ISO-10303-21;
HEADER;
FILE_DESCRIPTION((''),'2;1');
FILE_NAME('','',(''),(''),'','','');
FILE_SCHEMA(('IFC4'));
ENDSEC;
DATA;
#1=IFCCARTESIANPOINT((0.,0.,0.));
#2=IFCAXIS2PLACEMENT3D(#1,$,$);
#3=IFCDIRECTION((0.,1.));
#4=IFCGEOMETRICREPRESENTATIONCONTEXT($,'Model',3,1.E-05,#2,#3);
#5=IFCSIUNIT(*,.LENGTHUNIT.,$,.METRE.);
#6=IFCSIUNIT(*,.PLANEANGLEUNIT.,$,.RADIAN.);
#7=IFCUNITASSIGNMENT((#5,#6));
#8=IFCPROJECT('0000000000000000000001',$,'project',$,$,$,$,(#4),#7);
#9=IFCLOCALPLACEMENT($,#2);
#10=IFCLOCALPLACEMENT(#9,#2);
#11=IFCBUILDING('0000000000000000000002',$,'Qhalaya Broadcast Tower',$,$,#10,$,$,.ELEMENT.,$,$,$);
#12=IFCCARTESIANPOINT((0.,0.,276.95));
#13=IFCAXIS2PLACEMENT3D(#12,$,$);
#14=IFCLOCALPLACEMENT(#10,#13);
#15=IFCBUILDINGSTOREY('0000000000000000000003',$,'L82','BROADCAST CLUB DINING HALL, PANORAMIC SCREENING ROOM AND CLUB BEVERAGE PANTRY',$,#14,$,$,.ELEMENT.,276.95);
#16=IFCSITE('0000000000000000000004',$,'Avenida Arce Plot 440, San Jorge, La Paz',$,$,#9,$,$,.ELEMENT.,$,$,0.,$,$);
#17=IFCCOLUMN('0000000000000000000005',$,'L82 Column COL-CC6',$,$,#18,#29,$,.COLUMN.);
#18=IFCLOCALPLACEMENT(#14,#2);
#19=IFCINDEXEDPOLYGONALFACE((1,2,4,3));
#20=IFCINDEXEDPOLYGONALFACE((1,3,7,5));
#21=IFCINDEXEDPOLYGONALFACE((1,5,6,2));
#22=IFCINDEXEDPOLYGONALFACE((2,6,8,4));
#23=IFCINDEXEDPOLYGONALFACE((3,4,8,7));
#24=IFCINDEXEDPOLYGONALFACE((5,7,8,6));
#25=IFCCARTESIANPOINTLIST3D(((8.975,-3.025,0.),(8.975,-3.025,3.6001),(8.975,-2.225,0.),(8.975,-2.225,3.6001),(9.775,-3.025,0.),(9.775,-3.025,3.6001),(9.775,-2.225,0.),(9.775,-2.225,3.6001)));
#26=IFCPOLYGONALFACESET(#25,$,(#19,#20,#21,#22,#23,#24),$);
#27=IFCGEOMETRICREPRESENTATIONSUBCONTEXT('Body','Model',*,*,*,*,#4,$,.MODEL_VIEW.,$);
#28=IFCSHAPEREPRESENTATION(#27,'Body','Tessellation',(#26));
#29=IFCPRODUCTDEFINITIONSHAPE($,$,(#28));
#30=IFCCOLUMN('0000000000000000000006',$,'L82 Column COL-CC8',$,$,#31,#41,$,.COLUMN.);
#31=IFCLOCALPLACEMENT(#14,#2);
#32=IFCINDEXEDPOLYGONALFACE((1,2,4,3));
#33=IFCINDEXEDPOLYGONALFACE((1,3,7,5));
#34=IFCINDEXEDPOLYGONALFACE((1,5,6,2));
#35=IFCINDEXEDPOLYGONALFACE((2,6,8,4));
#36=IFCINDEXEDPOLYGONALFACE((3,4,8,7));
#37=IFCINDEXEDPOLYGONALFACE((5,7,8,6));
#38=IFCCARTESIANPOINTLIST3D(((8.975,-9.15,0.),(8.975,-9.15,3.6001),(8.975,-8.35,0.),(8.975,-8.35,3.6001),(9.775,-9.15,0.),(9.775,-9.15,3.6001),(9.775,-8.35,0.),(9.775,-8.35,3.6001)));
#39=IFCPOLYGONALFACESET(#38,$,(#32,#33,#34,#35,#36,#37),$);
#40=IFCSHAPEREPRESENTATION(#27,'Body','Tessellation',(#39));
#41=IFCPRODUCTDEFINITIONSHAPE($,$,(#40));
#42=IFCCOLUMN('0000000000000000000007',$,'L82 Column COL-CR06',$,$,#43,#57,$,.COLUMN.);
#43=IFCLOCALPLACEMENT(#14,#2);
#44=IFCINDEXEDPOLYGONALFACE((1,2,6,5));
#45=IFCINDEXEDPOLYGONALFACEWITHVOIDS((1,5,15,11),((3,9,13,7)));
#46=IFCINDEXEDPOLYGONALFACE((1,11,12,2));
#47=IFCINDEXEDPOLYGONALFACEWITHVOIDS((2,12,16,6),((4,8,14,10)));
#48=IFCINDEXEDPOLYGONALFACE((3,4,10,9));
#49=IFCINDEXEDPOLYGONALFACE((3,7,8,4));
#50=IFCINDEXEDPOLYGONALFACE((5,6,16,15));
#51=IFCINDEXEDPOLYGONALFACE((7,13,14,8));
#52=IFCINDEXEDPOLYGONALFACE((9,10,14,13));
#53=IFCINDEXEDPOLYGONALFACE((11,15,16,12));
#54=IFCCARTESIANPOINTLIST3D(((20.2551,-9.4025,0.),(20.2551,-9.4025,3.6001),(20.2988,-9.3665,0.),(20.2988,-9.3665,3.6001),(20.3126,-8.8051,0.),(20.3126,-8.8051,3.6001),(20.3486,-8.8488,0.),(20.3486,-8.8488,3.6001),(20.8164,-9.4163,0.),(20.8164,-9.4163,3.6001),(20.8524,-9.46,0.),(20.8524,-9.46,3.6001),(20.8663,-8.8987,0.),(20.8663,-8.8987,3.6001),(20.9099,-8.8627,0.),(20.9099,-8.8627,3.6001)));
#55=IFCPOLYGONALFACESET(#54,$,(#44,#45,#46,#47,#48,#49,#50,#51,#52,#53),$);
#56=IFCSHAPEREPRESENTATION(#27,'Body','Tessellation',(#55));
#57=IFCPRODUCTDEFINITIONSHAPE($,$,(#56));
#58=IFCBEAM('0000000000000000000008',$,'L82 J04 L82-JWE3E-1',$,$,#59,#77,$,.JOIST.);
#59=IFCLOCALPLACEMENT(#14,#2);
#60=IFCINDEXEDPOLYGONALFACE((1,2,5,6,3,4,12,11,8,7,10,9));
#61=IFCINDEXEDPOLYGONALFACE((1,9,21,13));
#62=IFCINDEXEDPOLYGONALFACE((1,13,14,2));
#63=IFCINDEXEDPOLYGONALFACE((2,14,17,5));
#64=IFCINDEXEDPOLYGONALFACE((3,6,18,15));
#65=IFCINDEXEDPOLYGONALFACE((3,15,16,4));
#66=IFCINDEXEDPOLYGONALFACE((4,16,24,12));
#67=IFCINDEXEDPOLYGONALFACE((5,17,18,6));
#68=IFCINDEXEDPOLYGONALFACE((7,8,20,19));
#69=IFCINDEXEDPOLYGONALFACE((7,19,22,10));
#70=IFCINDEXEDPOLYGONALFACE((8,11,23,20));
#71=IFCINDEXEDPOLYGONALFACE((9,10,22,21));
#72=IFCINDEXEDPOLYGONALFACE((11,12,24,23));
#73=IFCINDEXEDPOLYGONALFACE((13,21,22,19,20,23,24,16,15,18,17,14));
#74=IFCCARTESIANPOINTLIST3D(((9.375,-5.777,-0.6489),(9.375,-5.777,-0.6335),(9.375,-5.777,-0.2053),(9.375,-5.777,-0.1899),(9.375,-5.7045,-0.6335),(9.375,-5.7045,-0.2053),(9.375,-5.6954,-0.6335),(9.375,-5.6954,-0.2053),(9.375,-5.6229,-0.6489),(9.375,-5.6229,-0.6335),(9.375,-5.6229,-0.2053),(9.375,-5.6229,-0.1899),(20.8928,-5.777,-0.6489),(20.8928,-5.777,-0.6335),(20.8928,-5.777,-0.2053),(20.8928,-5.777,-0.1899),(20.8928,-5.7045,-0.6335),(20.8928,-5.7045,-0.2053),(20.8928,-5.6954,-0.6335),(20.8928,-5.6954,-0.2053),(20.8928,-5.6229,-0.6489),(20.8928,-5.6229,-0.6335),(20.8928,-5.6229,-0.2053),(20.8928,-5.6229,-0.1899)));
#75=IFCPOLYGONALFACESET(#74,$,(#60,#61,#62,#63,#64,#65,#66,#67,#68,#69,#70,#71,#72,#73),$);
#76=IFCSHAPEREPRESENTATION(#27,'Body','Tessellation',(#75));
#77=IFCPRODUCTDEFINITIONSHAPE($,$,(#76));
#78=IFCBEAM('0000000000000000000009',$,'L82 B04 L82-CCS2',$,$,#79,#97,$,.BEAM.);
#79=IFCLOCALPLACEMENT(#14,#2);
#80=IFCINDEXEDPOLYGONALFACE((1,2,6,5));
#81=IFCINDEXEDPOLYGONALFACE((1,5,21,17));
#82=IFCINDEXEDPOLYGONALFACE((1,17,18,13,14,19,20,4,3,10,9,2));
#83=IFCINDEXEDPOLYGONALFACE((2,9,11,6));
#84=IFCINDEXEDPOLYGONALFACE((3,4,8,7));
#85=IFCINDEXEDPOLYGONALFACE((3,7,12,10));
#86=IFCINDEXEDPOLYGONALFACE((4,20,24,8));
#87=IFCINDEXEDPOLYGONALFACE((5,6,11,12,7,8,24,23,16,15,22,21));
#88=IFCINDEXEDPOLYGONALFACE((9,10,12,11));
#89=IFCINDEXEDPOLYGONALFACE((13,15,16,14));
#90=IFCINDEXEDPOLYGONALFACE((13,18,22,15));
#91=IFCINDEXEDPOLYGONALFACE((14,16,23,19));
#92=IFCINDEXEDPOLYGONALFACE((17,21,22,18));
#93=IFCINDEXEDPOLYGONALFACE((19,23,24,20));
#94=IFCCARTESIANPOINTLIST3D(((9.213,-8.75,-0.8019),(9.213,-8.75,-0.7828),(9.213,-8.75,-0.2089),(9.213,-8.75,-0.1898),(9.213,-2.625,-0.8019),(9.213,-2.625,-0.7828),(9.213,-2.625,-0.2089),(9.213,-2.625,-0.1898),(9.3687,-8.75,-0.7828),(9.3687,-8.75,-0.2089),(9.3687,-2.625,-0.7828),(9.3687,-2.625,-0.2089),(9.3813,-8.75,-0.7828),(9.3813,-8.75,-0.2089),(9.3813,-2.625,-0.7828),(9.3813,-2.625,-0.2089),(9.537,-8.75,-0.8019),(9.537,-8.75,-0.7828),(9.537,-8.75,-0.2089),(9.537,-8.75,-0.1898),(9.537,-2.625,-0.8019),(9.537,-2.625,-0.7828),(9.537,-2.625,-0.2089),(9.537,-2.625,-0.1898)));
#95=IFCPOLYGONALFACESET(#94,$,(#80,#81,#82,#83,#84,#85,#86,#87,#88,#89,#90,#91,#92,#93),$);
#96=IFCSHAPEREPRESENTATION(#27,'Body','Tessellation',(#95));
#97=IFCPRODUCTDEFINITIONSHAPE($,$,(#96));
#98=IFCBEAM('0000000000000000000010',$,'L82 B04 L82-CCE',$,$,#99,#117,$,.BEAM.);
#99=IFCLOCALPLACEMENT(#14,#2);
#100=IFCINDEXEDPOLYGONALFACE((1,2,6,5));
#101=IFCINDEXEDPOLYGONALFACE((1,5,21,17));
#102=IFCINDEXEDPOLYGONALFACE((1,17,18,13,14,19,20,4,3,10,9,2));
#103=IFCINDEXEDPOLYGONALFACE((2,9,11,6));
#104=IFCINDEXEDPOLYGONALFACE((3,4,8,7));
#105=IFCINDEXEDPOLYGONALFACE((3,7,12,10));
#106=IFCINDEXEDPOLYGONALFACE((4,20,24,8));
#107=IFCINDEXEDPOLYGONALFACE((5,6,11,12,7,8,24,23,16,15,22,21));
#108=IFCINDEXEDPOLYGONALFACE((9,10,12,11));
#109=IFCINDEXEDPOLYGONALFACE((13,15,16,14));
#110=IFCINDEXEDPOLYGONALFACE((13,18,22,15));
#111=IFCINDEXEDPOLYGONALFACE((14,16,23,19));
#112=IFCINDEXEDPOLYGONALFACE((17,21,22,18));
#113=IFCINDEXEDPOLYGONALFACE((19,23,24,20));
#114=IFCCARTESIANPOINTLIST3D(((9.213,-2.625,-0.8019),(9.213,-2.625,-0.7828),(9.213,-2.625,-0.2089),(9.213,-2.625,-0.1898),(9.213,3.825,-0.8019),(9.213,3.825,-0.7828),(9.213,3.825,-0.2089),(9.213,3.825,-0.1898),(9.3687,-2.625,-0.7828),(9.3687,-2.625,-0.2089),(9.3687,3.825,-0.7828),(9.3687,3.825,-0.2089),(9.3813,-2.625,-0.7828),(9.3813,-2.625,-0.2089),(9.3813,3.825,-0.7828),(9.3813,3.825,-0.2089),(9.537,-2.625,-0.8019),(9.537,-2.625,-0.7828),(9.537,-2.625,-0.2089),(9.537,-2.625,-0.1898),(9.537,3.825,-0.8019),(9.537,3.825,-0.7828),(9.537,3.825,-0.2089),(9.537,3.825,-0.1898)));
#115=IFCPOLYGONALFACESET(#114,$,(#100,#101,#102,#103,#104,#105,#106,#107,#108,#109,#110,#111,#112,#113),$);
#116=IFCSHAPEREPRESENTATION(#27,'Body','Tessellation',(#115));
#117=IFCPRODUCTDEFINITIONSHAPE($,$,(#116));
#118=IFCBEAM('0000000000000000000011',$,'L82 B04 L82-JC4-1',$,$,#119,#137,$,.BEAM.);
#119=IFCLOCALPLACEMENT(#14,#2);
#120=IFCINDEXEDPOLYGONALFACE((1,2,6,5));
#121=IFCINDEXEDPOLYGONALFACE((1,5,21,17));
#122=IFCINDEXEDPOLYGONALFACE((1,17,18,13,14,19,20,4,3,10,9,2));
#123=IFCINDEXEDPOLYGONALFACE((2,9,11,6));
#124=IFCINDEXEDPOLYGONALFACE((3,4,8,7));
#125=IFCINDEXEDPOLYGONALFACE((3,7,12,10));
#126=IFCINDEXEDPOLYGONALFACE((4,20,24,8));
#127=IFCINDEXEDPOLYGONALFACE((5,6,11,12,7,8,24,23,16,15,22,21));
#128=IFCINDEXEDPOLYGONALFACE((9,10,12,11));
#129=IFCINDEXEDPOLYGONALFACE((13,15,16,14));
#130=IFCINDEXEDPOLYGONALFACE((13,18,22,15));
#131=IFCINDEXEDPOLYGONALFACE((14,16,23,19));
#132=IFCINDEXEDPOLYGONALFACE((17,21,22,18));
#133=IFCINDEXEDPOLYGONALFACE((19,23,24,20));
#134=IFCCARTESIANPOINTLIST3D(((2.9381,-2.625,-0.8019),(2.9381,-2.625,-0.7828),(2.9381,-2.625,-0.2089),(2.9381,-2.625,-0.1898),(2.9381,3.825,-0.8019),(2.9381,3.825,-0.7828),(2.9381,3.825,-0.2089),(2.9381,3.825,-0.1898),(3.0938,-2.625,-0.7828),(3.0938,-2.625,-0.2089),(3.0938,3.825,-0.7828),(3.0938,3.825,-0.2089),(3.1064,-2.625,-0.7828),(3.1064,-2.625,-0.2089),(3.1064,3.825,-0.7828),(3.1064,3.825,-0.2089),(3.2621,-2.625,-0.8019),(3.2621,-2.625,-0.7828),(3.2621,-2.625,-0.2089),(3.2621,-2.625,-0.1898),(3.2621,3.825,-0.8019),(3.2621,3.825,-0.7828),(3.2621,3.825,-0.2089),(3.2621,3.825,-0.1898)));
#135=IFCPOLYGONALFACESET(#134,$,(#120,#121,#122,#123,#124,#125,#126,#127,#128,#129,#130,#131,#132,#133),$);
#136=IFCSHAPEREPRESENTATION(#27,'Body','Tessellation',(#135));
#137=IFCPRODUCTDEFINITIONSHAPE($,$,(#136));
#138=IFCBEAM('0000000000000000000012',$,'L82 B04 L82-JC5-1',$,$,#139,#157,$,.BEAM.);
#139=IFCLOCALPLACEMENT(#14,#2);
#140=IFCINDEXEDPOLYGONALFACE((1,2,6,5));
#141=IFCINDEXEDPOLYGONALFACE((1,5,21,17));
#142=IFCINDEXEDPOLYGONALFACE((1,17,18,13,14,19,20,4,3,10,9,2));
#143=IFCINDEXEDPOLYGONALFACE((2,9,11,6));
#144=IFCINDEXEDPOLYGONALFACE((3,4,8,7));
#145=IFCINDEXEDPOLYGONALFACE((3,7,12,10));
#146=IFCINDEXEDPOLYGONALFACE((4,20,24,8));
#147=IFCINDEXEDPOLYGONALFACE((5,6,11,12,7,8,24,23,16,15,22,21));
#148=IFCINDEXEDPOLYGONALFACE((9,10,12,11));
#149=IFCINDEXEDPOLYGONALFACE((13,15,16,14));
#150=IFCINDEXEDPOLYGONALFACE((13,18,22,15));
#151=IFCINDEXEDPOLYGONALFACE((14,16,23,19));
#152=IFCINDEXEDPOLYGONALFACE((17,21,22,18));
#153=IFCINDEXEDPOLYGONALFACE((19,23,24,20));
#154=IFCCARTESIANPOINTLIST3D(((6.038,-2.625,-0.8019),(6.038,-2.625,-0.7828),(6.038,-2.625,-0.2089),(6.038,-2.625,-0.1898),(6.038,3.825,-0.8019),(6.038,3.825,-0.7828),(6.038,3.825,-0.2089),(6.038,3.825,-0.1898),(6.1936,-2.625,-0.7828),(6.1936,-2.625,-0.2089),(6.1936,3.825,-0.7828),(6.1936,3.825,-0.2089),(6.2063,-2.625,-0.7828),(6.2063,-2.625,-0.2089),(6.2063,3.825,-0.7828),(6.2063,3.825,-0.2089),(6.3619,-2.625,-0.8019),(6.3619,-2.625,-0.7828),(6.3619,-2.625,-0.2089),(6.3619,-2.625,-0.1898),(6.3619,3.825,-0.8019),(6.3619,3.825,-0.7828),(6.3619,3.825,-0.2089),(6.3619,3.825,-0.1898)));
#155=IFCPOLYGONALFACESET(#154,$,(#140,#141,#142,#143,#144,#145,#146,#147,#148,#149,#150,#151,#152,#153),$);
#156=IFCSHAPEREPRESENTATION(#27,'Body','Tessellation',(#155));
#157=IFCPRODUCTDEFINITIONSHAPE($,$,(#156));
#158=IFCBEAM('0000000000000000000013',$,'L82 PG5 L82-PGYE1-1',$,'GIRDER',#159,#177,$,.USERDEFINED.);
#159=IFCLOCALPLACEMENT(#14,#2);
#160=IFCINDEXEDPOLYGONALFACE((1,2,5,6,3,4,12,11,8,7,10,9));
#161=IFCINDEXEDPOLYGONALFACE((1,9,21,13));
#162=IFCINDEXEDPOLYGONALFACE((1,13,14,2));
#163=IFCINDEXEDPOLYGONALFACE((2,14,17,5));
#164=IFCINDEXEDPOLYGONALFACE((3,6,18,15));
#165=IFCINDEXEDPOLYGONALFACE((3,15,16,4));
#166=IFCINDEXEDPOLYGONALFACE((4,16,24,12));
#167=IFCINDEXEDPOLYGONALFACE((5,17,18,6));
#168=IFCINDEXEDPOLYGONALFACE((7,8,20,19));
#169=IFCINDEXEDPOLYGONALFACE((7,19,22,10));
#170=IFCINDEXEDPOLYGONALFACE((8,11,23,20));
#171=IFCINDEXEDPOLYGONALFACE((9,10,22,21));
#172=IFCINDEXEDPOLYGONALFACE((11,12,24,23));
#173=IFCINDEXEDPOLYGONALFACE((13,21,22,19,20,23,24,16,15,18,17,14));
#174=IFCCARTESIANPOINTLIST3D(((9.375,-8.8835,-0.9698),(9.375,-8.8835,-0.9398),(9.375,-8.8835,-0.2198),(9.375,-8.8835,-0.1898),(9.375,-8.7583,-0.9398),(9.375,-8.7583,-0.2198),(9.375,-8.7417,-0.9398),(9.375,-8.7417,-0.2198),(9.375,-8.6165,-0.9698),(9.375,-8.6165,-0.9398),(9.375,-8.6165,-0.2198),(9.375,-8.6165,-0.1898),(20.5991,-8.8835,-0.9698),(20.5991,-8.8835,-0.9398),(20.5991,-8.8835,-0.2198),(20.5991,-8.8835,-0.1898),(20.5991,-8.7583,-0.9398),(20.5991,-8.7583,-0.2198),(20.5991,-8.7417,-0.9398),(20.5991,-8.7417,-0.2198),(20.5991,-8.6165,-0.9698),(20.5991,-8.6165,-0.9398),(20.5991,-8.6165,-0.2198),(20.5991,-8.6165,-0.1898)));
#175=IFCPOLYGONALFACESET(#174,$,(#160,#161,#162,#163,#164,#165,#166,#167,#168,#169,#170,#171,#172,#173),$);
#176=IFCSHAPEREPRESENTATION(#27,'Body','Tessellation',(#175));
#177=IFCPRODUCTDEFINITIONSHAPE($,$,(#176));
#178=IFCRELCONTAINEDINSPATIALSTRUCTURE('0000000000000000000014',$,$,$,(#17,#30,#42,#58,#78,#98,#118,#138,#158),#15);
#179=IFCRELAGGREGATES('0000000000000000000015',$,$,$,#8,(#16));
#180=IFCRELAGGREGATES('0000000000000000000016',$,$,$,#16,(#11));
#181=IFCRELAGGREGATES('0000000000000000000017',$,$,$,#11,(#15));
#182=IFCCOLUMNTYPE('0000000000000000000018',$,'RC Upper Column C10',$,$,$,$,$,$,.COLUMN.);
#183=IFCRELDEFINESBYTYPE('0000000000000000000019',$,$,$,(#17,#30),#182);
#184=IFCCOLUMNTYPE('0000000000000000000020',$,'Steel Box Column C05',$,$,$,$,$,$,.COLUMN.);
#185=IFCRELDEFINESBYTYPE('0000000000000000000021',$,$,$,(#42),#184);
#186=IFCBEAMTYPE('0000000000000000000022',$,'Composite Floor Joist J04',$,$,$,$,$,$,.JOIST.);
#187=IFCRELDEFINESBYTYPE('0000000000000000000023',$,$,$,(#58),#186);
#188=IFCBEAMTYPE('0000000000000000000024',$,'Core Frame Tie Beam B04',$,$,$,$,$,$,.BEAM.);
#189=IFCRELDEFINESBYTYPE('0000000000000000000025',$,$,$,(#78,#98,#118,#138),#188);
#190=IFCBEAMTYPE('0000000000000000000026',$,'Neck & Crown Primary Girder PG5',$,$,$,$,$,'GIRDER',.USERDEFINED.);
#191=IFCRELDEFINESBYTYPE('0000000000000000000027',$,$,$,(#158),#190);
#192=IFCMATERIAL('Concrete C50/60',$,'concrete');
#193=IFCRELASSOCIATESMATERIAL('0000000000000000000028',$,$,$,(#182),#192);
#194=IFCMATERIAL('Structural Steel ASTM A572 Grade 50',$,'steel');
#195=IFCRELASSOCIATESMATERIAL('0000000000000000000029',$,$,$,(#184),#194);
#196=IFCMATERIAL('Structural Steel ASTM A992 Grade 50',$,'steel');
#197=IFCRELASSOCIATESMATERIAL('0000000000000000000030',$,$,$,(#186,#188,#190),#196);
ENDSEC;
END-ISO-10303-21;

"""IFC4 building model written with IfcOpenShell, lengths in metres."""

from ifc_helpers import new_model, si_unit, direction, frame, origin, origin_2d, place, context, subcontext, project, spatial, rectangle, hollow_rectangle, i_section, extrude, material, material_profile, profile_set, type_object, element, save


model = new_model("IFC4")

# Units and contexts
model_context = context("Model", 3, precision=1e-05, world=origin(), true_north=direction((0.0, 1.0)))
body_context = subcontext(model_context, "Body", "Model", "MODEL_VIEW")
ifc_project = project(units=[si_unit("LENGTHUNIT", "METRE"), si_unit("PLANEANGLEUNIT", "RADIAN")], contexts=[model_context])

# Site, building, storey
site_placement = place(None, origin())
site = spatial("IfcSite", under=ifc_project, at=site_placement, Name="Avenida Arce Plot 440, San Jorge, La Paz", CompositionType="ELEMENT", RefElevation=0.0)
building_placement = place(site_placement, origin())
building = spatial("IfcBuilding", under=site, at=building_placement, Name="Qhalaya Broadcast Tower", CompositionType="ELEMENT")
storey_placement = place(building_placement, frame((0.0, 0.0, 276.95)))
storey = spatial("IfcBuildingStorey", under=building, at=storey_placement, Name="L82", Description="BROADCAST CLUB DINING HALL, PANORAMIC SCREENING ROOM AND CLUB BEVERAGE PANTRY", CompositionType="ELEMENT", Elevation=276.95)

# Columns
ifc_material_1 = material(Name="Concrete C50/60", Category="concrete")
ifc_material_profile_1 = material_profile(ifc_material_1, rectangle(XDim=0.8, YDim=0.8, at=origin_2d()), Name="RC-COL 800x800")
ifc_profile_set_1 = profile_set([ifc_material_profile_1], Name="Concrete C50/60")
column_type_1 = type_object("IfcColumnType", Name="RC Upper Column C10", PredefinedType="COLUMN", material=ifc_profile_set_1)
for number, where, z_axis, x_axis, name in (
    (1, (9.375, -2.625, 0.0), (0.0, 0.0, 1.0), (1.0, 0.0, 0.0), "L82 Column COL-CC6"),
    (2, (9.375, -8.75, 0.0), (0.0, 0.0, 1.0), (1.0, 0.0, 0.0), "L82 Column COL-CC8"),
):
    element("IfcColumn", number, at=place(storey_placement, frame(where, z_axis=z_axis, x_axis=x_axis)), inside=storey, type_object=column_type_1, Name=name, PredefinedType="COLUMN", context=body_context, shape_type="SweptSolid", body=[
        extrude(rectangle(XDim=0.8, YDim=0.8, at=origin_2d()), origin(), (0.0, 0.0, 1.0), 3.6001),
    ])
ifc_material_2 = material(Name="Structural Steel ASTM A572 Grade 50", Category="steel")
ifc_material_profile_2 = material_profile(ifc_material_2, hollow_rectangle(XDim=0.6001, YDim=0.6001, WallThickness=0.04, at=origin_2d()), Name="BOX 600x600x40")
ifc_profile_set_2 = profile_set([ifc_material_profile_2], Name="Structural Steel ASTM A572 Grade 50")
column_type_2 = type_object("IfcColumnType", Name="Steel Box Column C05", PredefinedType="COLUMN", material=ifc_profile_set_2)
column_placement = place(storey_placement, frame((20.5825, -9.1326, 0.0), z_axis=(0.0, 0.0, 1.0), x_axis=(0.095846, 0.995396, 0.0)))
element("IfcColumn", 3, at=column_placement, inside=storey, type_object=column_type_2, Name="L82 Column COL-CR06", PredefinedType="COLUMN", context=body_context, shape_type="SweptSolid", body=[
    extrude(hollow_rectangle(XDim=0.6001, YDim=0.6001, WallThickness=0.04, at=origin_2d()), origin(), (0.0, 0.0, 1.0), 3.6001),
])

# Beams
ifc_material_3 = material(Name="Structural Steel ASTM A992 Grade 50", Category="steel")
ifc_material_profile_3 = material_profile(ifc_material_3, i_section(OverallWidth=0.1541, OverallDepth=0.459, WebThickness=0.009, FlangeThickness=0.0154, at=origin_2d()), Name="W18X46")
ifc_profile_set_3 = profile_set([ifc_material_profile_3], Name="Structural Steel ASTM A992 Grade 50")
beam_type_1 = type_object("IfcBeamType", Name="Composite Floor Joist J04", PredefinedType="JOIST", material=ifc_profile_set_3)
beam_1_placement = place(storey_placement, frame((9.375, -5.7, -0.4194), z_axis=(1.0, 0.0, 0.0), x_axis=(0.0, 1.0, 0.0)))
element("IfcBeam", 4, at=beam_1_placement, inside=storey, type_object=beam_type_1, Name="L82 J04 L82-JWE3E-1", PredefinedType="JOIST", context=body_context, shape_type="SweptSolid", body=[
    extrude(i_section(OverallWidth=0.1541, OverallDepth=0.459, WebThickness=0.009, FlangeThickness=0.0154, at=origin_2d()), origin(), (0.0, 0.0, 1.0), 11.5178),
])
ifc_material_profile_4 = material_profile(ifc_material_3, i_section(OverallWidth=0.324, OverallDepth=0.6121, WebThickness=0.0127, FlangeThickness=0.019, at=origin_2d()), Name="W24X104")
ifc_profile_set_4 = profile_set([ifc_material_profile_4], Name="Structural Steel ASTM A992 Grade 50")
beam_type_2 = type_object("IfcBeamType", Name="Core Frame Tie Beam B04", PredefinedType="BEAM", material=ifc_profile_set_4)
beam_2_placement = place(storey_placement, frame((9.375, -8.75, -0.4958), z_axis=(0.0, 1.0, 0.0), x_axis=(-1.0, 0.0, 0.0)))
element("IfcBeam", 5, at=beam_2_placement, inside=storey, type_object=beam_type_2, Name="L82 B04 L82-CCS2", PredefinedType="BEAM", context=body_context, shape_type="SweptSolid", body=[
    extrude(i_section(OverallWidth=0.324, OverallDepth=0.6121, WebThickness=0.0127, FlangeThickness=0.019, at=origin_2d()), origin(), (0.0, 0.0, 1.0), 6.125),
])
for number, where, z_axis, x_axis, name in (
    (6, (9.375, -2.625, -0.4958), (0.0, 1.0, 0.0), (-1.0, 0.0, 0.0), "L82 B04 L82-CCE"),
    (7, (3.1001, -2.625, -0.4958), (0.0, 1.0, 0.0), (-1.0, 0.0, 0.0), "L82 B04 L82-JC4-1"),
    (8, (6.2, -2.625, -0.4958), (0.0, 1.0, 0.0), (-1.0, 0.0, 0.0), "L82 B04 L82-JC5-1"),
):
    element("IfcBeam", number, at=place(storey_placement, frame(where, z_axis=z_axis, x_axis=x_axis)), inside=storey, type_object=beam_type_2, Name=name, PredefinedType="BEAM", context=body_context, shape_type="SweptSolid", body=[
        extrude(i_section(OverallWidth=0.324, OverallDepth=0.6121, WebThickness=0.0127, FlangeThickness=0.019, at=origin_2d()), origin(), (0.0, 0.0, 1.0), 6.45),
    ])
ifc_material_profile_5 = material_profile(ifc_material_3, i_section(OverallWidth=0.2671, OverallDepth=0.78, WebThickness=0.0166, FlangeThickness=0.03, at=origin_2d()), Name="W30X148")
ifc_profile_set_5 = profile_set([ifc_material_profile_5], Name="Structural Steel ASTM A992 Grade 50")
beam_type_3 = type_object("IfcBeamType", Name="Neck & Crown Primary Girder PG5", ElementType="GIRDER", PredefinedType="USERDEFINED", material=ifc_profile_set_5)
beam_3_placement = place(storey_placement, frame((9.375, -8.75, -0.5798), z_axis=(1.0, 0.0, 0.0), x_axis=(0.0, 1.0, 0.0)))
element("IfcBeam", 9, at=beam_3_placement, inside=storey, type_object=beam_type_3, Name="L82 PG5 L82-PGYE1-1", ObjectType="GIRDER", PredefinedType="USERDEFINED", context=body_context, shape_type="SweptSolid", body=[
    extrude(i_section(OverallWidth=0.2671, OverallDepth=0.78, WebThickness=0.0166, FlangeThickness=0.03, at=origin_2d()), origin(), (0.0, 0.0, 1.0), 11.2241),
])

save(model, "model.ifc")
